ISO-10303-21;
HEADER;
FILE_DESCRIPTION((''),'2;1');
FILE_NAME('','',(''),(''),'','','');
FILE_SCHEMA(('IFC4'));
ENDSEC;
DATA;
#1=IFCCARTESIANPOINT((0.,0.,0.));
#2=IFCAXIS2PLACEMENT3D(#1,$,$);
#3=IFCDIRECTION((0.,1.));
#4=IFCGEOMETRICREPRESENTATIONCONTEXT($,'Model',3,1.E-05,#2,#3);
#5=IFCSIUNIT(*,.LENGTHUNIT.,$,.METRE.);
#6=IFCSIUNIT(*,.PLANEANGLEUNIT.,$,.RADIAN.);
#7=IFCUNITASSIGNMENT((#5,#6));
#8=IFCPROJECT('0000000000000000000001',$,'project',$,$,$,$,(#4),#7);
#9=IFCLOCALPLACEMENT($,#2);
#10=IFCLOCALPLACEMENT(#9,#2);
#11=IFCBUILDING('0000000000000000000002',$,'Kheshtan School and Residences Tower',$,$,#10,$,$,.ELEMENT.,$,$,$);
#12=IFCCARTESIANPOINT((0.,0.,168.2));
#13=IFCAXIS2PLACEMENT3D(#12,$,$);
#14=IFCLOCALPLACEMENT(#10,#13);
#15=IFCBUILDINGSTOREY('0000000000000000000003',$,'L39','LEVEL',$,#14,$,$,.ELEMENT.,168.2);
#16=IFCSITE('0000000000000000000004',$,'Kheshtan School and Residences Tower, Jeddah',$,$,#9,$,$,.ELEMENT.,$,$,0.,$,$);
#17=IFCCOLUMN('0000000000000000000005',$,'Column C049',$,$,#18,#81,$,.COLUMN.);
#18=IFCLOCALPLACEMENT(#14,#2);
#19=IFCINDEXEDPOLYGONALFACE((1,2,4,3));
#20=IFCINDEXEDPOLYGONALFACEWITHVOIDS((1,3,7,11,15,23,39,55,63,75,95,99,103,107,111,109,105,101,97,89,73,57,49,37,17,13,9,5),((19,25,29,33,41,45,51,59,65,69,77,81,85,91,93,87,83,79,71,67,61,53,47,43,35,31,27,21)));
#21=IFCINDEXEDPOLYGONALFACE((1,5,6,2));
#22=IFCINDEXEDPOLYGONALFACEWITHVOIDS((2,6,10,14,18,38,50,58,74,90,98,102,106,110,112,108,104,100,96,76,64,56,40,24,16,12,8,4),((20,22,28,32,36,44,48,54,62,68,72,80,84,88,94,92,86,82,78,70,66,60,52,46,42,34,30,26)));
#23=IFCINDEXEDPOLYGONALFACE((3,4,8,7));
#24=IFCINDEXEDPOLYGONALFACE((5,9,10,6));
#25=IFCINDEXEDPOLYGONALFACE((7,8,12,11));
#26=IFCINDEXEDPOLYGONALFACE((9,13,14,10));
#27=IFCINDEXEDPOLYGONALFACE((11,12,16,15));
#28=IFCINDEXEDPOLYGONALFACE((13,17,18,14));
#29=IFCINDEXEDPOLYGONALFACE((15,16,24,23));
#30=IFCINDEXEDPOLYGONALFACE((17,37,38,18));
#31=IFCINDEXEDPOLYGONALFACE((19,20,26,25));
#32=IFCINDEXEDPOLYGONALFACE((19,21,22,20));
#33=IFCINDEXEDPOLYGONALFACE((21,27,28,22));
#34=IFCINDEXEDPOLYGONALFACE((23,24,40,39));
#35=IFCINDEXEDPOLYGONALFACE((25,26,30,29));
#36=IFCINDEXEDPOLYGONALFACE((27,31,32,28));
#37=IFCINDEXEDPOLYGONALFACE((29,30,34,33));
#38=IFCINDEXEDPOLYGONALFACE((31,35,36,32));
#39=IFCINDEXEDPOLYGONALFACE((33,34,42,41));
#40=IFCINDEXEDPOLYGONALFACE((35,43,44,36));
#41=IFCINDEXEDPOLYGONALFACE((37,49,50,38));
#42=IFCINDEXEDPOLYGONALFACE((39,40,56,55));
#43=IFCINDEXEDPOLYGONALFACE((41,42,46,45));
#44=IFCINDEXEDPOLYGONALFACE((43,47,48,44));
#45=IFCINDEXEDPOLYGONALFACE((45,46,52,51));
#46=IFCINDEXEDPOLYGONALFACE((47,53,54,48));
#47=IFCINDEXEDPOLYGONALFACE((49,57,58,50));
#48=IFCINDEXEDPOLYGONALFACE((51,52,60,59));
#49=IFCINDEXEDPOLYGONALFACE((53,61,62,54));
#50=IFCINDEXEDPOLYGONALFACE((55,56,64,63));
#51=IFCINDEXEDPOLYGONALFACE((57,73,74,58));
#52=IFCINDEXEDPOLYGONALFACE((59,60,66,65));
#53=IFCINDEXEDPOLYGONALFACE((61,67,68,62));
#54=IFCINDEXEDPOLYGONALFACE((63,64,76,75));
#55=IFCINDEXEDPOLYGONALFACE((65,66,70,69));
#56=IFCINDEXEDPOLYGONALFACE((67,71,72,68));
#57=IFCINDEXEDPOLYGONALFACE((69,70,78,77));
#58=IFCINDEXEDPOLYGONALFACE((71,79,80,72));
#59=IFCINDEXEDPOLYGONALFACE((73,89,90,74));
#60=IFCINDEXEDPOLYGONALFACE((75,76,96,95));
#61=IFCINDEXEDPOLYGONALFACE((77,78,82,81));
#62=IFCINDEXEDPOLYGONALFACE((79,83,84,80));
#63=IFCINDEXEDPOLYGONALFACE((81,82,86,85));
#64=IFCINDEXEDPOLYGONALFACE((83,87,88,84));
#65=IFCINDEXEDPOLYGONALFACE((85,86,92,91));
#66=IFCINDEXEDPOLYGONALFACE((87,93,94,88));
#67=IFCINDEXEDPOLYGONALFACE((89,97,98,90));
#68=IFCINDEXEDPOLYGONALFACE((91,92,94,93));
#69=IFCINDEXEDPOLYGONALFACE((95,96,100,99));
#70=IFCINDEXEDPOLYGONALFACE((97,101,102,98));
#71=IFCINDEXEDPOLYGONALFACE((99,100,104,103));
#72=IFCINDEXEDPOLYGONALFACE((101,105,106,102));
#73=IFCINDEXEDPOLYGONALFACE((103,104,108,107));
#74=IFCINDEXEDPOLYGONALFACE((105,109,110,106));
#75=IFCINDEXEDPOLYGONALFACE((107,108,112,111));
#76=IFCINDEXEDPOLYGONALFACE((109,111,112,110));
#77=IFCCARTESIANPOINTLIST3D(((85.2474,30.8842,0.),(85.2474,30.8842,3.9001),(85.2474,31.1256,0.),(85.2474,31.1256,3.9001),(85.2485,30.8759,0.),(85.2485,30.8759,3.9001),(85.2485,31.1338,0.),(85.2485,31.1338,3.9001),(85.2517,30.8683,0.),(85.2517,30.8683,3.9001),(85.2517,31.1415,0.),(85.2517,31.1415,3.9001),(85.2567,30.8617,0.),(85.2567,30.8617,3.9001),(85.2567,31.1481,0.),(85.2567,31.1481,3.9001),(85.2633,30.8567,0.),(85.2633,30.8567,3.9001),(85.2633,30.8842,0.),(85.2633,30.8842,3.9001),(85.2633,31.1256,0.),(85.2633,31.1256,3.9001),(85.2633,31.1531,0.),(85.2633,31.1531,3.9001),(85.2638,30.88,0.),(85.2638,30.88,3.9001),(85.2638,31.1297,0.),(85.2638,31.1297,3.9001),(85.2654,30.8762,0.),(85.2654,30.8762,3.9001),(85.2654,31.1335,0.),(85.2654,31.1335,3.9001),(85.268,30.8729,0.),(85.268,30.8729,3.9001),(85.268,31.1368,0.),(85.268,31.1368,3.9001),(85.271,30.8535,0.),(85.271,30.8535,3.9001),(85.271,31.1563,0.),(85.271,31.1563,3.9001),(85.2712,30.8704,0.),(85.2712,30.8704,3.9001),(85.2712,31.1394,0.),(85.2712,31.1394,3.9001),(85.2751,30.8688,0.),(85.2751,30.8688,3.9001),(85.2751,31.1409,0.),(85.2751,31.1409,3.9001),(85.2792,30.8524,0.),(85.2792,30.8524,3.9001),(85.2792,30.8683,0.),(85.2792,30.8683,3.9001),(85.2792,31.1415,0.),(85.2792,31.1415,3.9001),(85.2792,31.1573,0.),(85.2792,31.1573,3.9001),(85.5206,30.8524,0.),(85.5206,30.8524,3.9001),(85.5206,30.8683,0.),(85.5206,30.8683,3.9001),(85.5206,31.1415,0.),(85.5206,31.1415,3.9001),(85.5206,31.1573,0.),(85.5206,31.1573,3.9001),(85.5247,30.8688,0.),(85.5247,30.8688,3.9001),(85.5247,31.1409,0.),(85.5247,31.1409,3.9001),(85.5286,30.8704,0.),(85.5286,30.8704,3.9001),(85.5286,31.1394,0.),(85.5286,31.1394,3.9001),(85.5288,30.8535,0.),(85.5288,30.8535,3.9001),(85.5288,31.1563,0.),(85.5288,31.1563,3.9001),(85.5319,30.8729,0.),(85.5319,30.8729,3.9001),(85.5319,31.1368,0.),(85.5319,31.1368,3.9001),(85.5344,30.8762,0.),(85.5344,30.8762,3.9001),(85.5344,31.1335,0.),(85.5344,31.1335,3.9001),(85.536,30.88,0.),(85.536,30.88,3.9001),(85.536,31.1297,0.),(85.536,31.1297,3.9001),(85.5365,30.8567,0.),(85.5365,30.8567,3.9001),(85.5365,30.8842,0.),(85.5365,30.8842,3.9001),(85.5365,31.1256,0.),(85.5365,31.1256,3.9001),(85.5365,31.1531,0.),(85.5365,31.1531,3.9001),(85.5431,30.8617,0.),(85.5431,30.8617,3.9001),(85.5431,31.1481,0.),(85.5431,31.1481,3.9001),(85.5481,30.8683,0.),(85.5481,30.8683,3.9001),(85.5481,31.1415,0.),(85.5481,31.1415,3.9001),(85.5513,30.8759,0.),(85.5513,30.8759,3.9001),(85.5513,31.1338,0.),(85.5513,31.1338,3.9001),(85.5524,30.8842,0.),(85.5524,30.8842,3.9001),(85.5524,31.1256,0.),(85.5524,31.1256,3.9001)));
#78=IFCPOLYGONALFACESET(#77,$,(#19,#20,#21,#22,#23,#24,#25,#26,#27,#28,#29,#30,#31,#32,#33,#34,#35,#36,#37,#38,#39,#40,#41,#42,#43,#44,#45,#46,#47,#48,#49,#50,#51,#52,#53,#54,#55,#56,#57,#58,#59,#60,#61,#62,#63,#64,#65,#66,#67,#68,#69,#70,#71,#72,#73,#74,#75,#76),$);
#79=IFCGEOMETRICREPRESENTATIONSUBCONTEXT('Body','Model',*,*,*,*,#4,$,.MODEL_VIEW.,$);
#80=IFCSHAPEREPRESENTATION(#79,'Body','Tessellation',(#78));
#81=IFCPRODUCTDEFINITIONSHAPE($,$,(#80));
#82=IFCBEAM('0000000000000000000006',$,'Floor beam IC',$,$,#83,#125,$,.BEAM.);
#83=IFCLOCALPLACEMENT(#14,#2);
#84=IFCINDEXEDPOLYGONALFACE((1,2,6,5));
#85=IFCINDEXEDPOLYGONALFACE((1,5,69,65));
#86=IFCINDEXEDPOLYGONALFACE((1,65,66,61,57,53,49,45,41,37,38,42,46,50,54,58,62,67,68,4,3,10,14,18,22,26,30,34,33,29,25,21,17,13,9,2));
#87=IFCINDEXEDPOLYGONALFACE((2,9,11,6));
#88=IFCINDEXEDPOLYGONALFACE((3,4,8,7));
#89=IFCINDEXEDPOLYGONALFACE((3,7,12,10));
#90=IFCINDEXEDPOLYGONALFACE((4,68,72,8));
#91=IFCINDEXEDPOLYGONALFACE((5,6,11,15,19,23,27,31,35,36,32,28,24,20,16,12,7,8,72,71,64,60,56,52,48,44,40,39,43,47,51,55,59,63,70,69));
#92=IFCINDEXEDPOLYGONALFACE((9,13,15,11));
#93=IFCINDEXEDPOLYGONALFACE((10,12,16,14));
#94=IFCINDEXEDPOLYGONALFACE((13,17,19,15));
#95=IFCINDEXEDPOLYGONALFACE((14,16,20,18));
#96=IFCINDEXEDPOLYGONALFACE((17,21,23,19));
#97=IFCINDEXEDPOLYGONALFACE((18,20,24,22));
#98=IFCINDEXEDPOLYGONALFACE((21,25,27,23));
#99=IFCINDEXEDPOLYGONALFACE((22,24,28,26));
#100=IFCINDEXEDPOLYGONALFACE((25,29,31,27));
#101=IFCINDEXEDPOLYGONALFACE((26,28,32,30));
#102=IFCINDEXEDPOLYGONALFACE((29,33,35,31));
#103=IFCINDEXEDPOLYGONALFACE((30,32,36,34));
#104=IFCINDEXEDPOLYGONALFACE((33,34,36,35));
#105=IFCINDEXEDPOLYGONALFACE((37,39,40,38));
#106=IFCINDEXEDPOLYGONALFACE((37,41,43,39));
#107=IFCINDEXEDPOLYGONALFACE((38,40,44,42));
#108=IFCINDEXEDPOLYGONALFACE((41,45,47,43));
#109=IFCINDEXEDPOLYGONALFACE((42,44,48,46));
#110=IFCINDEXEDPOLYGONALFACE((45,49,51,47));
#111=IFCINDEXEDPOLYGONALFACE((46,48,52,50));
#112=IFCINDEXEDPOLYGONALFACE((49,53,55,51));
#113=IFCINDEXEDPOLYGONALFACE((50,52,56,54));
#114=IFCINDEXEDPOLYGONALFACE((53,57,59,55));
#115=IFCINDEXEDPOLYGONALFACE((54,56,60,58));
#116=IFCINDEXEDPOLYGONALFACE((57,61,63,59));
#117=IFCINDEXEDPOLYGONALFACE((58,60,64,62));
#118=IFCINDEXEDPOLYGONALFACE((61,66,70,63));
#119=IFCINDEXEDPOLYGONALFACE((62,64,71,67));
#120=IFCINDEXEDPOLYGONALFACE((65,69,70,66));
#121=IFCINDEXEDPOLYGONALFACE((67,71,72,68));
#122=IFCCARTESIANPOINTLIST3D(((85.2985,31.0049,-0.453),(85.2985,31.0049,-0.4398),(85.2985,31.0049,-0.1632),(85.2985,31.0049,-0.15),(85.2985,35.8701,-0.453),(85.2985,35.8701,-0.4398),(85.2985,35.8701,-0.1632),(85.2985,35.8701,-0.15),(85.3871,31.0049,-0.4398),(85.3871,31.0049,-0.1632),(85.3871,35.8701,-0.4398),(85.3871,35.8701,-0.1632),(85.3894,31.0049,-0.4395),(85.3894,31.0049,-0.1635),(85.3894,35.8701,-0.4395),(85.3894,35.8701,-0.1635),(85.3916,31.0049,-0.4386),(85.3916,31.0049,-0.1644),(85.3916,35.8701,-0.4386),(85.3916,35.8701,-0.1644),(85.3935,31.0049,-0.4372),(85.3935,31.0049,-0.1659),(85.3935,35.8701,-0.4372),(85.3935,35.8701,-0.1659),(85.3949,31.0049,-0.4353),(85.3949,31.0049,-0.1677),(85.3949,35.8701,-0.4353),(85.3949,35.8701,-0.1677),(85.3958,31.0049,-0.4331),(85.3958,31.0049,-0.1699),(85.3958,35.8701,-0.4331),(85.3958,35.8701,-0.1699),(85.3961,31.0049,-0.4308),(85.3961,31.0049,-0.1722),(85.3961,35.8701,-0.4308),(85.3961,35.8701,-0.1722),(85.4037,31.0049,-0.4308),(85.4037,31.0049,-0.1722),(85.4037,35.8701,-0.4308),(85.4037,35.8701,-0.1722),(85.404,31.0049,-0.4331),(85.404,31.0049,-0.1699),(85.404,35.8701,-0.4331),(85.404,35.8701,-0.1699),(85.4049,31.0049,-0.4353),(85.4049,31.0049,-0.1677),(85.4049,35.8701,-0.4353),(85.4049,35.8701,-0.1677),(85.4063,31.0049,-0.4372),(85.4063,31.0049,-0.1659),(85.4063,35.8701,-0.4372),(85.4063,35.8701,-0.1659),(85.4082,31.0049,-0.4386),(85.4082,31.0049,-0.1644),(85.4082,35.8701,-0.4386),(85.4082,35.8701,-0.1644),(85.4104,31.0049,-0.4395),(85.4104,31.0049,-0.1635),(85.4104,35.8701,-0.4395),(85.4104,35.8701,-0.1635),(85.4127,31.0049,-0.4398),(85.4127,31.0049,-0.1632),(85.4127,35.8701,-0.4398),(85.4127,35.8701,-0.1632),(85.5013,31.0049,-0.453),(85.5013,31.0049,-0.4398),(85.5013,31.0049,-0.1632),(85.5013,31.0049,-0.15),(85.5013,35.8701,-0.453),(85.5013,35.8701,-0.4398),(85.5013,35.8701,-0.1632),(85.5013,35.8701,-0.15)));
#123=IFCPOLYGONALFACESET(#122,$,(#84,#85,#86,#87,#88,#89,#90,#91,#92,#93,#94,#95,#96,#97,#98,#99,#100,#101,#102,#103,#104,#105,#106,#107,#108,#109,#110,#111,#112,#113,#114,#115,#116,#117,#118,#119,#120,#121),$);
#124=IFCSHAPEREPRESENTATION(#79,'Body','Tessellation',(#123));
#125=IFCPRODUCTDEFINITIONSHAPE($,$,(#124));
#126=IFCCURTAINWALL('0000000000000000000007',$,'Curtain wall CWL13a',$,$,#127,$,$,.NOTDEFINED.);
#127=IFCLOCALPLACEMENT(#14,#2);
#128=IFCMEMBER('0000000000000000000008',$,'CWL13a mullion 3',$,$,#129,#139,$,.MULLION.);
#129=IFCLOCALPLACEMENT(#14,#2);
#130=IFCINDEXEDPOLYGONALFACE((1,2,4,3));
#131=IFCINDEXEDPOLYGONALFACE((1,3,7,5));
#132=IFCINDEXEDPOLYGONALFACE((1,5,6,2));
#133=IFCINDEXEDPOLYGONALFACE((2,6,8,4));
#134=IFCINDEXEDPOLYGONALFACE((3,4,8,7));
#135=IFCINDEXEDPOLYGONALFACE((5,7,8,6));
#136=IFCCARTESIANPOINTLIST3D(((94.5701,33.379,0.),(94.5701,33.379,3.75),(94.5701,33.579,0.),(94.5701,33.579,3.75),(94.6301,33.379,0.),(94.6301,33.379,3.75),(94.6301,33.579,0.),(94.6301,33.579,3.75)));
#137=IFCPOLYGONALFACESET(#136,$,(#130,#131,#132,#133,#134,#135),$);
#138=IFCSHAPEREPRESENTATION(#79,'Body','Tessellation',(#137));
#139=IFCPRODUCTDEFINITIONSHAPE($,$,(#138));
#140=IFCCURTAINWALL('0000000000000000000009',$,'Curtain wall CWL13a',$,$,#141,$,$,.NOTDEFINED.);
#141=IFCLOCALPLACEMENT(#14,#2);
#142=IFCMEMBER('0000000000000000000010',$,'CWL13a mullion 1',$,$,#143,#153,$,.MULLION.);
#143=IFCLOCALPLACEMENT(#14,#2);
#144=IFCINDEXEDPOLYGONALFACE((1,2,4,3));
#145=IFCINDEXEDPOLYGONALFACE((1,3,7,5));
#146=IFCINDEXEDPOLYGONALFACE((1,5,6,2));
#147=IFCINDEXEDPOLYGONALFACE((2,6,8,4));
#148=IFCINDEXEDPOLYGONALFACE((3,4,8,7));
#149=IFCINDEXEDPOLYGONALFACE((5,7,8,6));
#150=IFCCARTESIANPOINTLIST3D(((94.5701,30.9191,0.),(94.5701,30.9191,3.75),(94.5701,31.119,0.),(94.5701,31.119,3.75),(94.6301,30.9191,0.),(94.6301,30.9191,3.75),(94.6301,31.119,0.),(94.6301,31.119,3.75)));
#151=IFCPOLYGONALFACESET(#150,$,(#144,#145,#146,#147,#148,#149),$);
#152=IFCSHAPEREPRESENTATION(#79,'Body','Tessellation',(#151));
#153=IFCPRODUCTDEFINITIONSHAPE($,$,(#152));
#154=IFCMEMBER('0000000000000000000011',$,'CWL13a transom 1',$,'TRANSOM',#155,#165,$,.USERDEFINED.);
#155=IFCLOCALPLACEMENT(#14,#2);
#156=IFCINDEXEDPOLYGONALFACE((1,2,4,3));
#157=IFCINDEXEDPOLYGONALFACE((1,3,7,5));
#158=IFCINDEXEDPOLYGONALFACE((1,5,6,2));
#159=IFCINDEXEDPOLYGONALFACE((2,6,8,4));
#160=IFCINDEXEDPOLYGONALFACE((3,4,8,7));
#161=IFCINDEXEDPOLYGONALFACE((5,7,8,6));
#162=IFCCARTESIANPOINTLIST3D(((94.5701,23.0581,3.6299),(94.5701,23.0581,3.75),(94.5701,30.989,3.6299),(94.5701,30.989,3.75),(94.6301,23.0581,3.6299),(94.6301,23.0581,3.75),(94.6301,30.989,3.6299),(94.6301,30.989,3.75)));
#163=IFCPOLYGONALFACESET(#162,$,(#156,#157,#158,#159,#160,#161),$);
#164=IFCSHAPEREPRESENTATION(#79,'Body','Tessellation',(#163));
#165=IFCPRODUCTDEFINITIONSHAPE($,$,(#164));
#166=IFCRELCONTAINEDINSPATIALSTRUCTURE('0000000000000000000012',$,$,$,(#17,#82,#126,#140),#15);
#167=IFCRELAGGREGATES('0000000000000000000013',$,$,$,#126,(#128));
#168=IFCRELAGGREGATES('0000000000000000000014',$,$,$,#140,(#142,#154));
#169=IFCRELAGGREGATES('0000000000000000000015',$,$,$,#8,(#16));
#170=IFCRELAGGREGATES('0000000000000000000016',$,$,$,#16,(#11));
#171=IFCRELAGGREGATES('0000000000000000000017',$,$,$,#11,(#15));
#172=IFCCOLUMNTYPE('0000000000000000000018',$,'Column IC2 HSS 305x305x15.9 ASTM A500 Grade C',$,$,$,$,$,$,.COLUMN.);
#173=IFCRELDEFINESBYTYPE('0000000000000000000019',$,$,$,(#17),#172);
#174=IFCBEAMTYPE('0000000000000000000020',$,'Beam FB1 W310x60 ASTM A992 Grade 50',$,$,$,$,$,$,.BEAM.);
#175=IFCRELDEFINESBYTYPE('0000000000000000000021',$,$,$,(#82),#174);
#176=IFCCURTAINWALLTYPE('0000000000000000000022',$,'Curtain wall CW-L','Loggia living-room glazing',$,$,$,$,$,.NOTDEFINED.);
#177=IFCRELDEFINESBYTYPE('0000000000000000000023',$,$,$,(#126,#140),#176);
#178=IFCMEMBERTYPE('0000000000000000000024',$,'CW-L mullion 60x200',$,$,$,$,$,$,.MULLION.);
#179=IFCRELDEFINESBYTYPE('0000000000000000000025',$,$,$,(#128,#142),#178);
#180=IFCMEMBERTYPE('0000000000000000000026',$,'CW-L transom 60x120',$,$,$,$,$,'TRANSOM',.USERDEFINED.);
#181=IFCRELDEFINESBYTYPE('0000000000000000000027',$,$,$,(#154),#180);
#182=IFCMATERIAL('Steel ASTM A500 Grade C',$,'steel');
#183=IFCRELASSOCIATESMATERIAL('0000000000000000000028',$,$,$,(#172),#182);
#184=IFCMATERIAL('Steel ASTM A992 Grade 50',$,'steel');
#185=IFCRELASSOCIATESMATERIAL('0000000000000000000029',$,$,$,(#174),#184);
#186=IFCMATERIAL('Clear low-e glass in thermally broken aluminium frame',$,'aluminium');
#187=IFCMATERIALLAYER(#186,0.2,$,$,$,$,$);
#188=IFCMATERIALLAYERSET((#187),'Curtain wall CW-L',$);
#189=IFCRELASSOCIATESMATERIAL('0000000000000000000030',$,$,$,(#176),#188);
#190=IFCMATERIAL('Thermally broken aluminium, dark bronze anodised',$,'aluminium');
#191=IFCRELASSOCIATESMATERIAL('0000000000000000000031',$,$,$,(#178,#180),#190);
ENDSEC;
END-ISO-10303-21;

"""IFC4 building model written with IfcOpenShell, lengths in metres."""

from ifc_helpers import new_model, si_unit, direction, frame, origin, origin_2d, place, context, subcontext, project, spatial, rectangle, hollow_rectangle, i_section, extrude, material, layer, layer_set, material_profile, profile_set, type_object, element, aggregate, save


model = new_model("IFC4")

# Units and contexts
model_context = context("Model", 3, precision=1e-05, world=origin(), true_north=direction((0.0, 1.0)))
body_context = subcontext(model_context, "Body", "Model", "MODEL_VIEW")
ifc_project = project(units=[si_unit("LENGTHUNIT", "METRE"), si_unit("PLANEANGLEUNIT", "RADIAN")], contexts=[model_context])

# Site, building, storey
site_placement = place(None, origin())
site = spatial("IfcSite", under=ifc_project, at=site_placement, Name="Kheshtan School and Residences Tower, Jeddah", CompositionType="ELEMENT", RefElevation=0.0)
building_placement = place(site_placement, origin())
building = spatial("IfcBuilding", under=site, at=building_placement, Name="Kheshtan School and Residences Tower", CompositionType="ELEMENT")
storey_placement = place(building_placement, frame((0.0, 0.0, 168.2)))
storey = spatial("IfcBuildingStorey", under=building, at=storey_placement, Name="L39", Description="LEVEL", CompositionType="ELEMENT", Elevation=168.2)

# Column
ifc_material_1 = material(Name="Steel ASTM A500 Grade C", Category="steel")
ifc_material_profile_1 = material_profile(ifc_material_1, hollow_rectangle(XDim=0.3049, YDim=0.3049, WallThickness=0.0159, InnerFilletRadius=0.0159, OuterFilletRadius=0.0317, at=origin_2d()), Name="HSS 305x305x15.9")
ifc_profile_set_1 = profile_set([ifc_material_profile_1], Name="Steel ASTM A500 Grade C")
column_type = type_object("IfcColumnType", Name="Column IC2 HSS 305x305x15.9 ASTM A500 Grade C", PredefinedType="COLUMN", material=ifc_profile_set_1)
column_placement = place(storey_placement, frame((85.3999, 31.0049, 0.0), z_axis=(0.0, 0.0, 1.0), x_axis=(1.0, 0.0, 0.0)))
element("IfcColumn", 1, at=column_placement, inside=storey, type_object=column_type, Name="Column C049", PredefinedType="COLUMN", context=body_context, shape_type="SweptSolid", body=[
    extrude(hollow_rectangle(XDim=0.3049, YDim=0.3049, WallThickness=0.0159, InnerFilletRadius=0.0159, OuterFilletRadius=0.0317, at=origin_2d()), origin(), (0.0, 0.0, 1.0), 3.9001),
])

# Beam
ifc_material_2 = material(Name="Steel ASTM A992 Grade 50", Category="steel")
ifc_material_profile_2 = material_profile(ifc_material_2, i_section(OverallWidth=0.2029, OverallDepth=0.303, WebThickness=0.0076, FlangeThickness=0.0132, FilletRadius=0.009, at=origin_2d()), Name="W310x60")
ifc_profile_set_2 = profile_set([ifc_material_profile_2], Name="Steel ASTM A992 Grade 50")
beam_type = type_object("IfcBeamType", Name="Beam FB1 W310x60 ASTM A992 Grade 50", PredefinedType="BEAM", material=ifc_profile_set_2)
beam_placement = place(storey_placement, frame((85.3999, 31.0049, -0.3015), z_axis=(0.0, 1.0, 0.0), x_axis=(-1.0, 0.0, 0.0)))
element("IfcBeam", 2, at=beam_placement, inside=storey, type_object=beam_type, Name="Floor beam IC", PredefinedType="BEAM", context=body_context, shape_type="SweptSolid", body=[
    extrude(i_section(OverallWidth=0.2029, OverallDepth=0.303, WebThickness=0.0076, FlangeThickness=0.0132, FilletRadius=0.009, at=origin_2d()), origin(), (0.0, 0.0, 1.0), 4.8652),
])

# Curtain wall, member
ifc_material_3 = material(Name="Clear low-e glass in thermally broken aluminium frame", Category="aluminium")
ifc_layer_1 = layer(ifc_material_3, 0.2)
ifc_layer_set_1 = layer_set([ifc_layer_1], Name="Curtain wall CW-L")
curtain_wall_type = type_object("IfcCurtainWallType", Name="Curtain wall CW-L", Description="Loggia living-room glazing", PredefinedType="NOTDEFINED", material=ifc_layer_set_1)
curtain_wall_1_placement = place(storey_placement, origin())
curtain_wall_1 = element("IfcCurtainWall", 3, at=curtain_wall_1_placement, inside=storey, type_object=curtain_wall_type, Name="Curtain wall CWL13a", PredefinedType="NOTDEFINED")
ifc_material_4 = material(Name="Thermally broken aluminium, dark bronze anodised", Category="aluminium")
ifc_material_profile_3 = material_profile(ifc_material_4, rectangle(XDim=0.0601, YDim=0.2, at=origin_2d()), Name="CW-L mullion 60x200")
ifc_profile_set_3 = profile_set([ifc_material_profile_3], Name="Thermally broken aluminium, dark bronze anodised")
member_type_1 = type_object("IfcMemberType", Name="CW-L mullion 60x200", PredefinedType="MULLION", material=ifc_profile_set_3)
member_1_placement = place(storey_placement, frame((94.6001, 33.479, 0.0), z_axis=(0.0, 0.0, 1.0), x_axis=(1.0, 0.0, 0.0)))
member_1 = element("IfcMember", 4, at=member_1_placement, type_object=member_type_1, Name="CWL13a mullion 3", PredefinedType="MULLION", context=body_context, shape_type="SweptSolid", body=[
    extrude(rectangle(XDim=0.0601, YDim=0.2, at=origin_2d()), origin(), (0.0, 0.0, 1.0), 3.75),
])
aggregate(curtain_wall_1, [member_1])

# Curtain wall, members
curtain_wall_2_placement = place(storey_placement, origin())
curtain_wall_2 = element("IfcCurtainWall", 5, at=curtain_wall_2_placement, inside=storey, type_object=curtain_wall_type, Name="Curtain wall CWL13a", PredefinedType="NOTDEFINED")
member_2_placement = place(storey_placement, frame((94.6001, 31.019, 0.0), z_axis=(0.0, 0.0, 1.0), x_axis=(1.0, 0.0, 0.0)))
member_2 = element("IfcMember", 6, at=member_2_placement, type_object=member_type_1, Name="CWL13a mullion 1", PredefinedType="MULLION", context=body_context, shape_type="SweptSolid", body=[
    extrude(rectangle(XDim=0.0601, YDim=0.2, at=origin_2d()), origin(), (0.0, 0.0, 1.0), 3.75),
])
ifc_material_profile_4 = material_profile(ifc_material_4, rectangle(XDim=0.0601, YDim=0.1201, at=origin_2d()), Name="CW-L transom 60x120")
ifc_profile_set_4 = profile_set([ifc_material_profile_4], Name="Thermally broken aluminium, dark bronze anodised")
member_type_2 = type_object("IfcMemberType", Name="CW-L transom 60x120", ElementType="TRANSOM", PredefinedType="USERDEFINED", material=ifc_profile_set_4)
member_3_placement = place(storey_placement, frame((94.6001, 30.989, 3.6899), z_axis=(0.0, -1.0, 0.0), x_axis=(1.0, 0.0, 0.0)))
member_3 = element("IfcMember", 7, at=member_3_placement, type_object=member_type_2, Name="CWL13a transom 1", ObjectType="TRANSOM", PredefinedType="USERDEFINED", context=body_context, shape_type="SweptSolid", body=[
    extrude(rectangle(XDim=0.0601, YDim=0.1201, at=origin_2d()), origin(), (0.0, 0.0, 1.0), 7.9309),
])
aggregate(curtain_wall_2, [member_2, member_3])

save(model, "model.ifc")
